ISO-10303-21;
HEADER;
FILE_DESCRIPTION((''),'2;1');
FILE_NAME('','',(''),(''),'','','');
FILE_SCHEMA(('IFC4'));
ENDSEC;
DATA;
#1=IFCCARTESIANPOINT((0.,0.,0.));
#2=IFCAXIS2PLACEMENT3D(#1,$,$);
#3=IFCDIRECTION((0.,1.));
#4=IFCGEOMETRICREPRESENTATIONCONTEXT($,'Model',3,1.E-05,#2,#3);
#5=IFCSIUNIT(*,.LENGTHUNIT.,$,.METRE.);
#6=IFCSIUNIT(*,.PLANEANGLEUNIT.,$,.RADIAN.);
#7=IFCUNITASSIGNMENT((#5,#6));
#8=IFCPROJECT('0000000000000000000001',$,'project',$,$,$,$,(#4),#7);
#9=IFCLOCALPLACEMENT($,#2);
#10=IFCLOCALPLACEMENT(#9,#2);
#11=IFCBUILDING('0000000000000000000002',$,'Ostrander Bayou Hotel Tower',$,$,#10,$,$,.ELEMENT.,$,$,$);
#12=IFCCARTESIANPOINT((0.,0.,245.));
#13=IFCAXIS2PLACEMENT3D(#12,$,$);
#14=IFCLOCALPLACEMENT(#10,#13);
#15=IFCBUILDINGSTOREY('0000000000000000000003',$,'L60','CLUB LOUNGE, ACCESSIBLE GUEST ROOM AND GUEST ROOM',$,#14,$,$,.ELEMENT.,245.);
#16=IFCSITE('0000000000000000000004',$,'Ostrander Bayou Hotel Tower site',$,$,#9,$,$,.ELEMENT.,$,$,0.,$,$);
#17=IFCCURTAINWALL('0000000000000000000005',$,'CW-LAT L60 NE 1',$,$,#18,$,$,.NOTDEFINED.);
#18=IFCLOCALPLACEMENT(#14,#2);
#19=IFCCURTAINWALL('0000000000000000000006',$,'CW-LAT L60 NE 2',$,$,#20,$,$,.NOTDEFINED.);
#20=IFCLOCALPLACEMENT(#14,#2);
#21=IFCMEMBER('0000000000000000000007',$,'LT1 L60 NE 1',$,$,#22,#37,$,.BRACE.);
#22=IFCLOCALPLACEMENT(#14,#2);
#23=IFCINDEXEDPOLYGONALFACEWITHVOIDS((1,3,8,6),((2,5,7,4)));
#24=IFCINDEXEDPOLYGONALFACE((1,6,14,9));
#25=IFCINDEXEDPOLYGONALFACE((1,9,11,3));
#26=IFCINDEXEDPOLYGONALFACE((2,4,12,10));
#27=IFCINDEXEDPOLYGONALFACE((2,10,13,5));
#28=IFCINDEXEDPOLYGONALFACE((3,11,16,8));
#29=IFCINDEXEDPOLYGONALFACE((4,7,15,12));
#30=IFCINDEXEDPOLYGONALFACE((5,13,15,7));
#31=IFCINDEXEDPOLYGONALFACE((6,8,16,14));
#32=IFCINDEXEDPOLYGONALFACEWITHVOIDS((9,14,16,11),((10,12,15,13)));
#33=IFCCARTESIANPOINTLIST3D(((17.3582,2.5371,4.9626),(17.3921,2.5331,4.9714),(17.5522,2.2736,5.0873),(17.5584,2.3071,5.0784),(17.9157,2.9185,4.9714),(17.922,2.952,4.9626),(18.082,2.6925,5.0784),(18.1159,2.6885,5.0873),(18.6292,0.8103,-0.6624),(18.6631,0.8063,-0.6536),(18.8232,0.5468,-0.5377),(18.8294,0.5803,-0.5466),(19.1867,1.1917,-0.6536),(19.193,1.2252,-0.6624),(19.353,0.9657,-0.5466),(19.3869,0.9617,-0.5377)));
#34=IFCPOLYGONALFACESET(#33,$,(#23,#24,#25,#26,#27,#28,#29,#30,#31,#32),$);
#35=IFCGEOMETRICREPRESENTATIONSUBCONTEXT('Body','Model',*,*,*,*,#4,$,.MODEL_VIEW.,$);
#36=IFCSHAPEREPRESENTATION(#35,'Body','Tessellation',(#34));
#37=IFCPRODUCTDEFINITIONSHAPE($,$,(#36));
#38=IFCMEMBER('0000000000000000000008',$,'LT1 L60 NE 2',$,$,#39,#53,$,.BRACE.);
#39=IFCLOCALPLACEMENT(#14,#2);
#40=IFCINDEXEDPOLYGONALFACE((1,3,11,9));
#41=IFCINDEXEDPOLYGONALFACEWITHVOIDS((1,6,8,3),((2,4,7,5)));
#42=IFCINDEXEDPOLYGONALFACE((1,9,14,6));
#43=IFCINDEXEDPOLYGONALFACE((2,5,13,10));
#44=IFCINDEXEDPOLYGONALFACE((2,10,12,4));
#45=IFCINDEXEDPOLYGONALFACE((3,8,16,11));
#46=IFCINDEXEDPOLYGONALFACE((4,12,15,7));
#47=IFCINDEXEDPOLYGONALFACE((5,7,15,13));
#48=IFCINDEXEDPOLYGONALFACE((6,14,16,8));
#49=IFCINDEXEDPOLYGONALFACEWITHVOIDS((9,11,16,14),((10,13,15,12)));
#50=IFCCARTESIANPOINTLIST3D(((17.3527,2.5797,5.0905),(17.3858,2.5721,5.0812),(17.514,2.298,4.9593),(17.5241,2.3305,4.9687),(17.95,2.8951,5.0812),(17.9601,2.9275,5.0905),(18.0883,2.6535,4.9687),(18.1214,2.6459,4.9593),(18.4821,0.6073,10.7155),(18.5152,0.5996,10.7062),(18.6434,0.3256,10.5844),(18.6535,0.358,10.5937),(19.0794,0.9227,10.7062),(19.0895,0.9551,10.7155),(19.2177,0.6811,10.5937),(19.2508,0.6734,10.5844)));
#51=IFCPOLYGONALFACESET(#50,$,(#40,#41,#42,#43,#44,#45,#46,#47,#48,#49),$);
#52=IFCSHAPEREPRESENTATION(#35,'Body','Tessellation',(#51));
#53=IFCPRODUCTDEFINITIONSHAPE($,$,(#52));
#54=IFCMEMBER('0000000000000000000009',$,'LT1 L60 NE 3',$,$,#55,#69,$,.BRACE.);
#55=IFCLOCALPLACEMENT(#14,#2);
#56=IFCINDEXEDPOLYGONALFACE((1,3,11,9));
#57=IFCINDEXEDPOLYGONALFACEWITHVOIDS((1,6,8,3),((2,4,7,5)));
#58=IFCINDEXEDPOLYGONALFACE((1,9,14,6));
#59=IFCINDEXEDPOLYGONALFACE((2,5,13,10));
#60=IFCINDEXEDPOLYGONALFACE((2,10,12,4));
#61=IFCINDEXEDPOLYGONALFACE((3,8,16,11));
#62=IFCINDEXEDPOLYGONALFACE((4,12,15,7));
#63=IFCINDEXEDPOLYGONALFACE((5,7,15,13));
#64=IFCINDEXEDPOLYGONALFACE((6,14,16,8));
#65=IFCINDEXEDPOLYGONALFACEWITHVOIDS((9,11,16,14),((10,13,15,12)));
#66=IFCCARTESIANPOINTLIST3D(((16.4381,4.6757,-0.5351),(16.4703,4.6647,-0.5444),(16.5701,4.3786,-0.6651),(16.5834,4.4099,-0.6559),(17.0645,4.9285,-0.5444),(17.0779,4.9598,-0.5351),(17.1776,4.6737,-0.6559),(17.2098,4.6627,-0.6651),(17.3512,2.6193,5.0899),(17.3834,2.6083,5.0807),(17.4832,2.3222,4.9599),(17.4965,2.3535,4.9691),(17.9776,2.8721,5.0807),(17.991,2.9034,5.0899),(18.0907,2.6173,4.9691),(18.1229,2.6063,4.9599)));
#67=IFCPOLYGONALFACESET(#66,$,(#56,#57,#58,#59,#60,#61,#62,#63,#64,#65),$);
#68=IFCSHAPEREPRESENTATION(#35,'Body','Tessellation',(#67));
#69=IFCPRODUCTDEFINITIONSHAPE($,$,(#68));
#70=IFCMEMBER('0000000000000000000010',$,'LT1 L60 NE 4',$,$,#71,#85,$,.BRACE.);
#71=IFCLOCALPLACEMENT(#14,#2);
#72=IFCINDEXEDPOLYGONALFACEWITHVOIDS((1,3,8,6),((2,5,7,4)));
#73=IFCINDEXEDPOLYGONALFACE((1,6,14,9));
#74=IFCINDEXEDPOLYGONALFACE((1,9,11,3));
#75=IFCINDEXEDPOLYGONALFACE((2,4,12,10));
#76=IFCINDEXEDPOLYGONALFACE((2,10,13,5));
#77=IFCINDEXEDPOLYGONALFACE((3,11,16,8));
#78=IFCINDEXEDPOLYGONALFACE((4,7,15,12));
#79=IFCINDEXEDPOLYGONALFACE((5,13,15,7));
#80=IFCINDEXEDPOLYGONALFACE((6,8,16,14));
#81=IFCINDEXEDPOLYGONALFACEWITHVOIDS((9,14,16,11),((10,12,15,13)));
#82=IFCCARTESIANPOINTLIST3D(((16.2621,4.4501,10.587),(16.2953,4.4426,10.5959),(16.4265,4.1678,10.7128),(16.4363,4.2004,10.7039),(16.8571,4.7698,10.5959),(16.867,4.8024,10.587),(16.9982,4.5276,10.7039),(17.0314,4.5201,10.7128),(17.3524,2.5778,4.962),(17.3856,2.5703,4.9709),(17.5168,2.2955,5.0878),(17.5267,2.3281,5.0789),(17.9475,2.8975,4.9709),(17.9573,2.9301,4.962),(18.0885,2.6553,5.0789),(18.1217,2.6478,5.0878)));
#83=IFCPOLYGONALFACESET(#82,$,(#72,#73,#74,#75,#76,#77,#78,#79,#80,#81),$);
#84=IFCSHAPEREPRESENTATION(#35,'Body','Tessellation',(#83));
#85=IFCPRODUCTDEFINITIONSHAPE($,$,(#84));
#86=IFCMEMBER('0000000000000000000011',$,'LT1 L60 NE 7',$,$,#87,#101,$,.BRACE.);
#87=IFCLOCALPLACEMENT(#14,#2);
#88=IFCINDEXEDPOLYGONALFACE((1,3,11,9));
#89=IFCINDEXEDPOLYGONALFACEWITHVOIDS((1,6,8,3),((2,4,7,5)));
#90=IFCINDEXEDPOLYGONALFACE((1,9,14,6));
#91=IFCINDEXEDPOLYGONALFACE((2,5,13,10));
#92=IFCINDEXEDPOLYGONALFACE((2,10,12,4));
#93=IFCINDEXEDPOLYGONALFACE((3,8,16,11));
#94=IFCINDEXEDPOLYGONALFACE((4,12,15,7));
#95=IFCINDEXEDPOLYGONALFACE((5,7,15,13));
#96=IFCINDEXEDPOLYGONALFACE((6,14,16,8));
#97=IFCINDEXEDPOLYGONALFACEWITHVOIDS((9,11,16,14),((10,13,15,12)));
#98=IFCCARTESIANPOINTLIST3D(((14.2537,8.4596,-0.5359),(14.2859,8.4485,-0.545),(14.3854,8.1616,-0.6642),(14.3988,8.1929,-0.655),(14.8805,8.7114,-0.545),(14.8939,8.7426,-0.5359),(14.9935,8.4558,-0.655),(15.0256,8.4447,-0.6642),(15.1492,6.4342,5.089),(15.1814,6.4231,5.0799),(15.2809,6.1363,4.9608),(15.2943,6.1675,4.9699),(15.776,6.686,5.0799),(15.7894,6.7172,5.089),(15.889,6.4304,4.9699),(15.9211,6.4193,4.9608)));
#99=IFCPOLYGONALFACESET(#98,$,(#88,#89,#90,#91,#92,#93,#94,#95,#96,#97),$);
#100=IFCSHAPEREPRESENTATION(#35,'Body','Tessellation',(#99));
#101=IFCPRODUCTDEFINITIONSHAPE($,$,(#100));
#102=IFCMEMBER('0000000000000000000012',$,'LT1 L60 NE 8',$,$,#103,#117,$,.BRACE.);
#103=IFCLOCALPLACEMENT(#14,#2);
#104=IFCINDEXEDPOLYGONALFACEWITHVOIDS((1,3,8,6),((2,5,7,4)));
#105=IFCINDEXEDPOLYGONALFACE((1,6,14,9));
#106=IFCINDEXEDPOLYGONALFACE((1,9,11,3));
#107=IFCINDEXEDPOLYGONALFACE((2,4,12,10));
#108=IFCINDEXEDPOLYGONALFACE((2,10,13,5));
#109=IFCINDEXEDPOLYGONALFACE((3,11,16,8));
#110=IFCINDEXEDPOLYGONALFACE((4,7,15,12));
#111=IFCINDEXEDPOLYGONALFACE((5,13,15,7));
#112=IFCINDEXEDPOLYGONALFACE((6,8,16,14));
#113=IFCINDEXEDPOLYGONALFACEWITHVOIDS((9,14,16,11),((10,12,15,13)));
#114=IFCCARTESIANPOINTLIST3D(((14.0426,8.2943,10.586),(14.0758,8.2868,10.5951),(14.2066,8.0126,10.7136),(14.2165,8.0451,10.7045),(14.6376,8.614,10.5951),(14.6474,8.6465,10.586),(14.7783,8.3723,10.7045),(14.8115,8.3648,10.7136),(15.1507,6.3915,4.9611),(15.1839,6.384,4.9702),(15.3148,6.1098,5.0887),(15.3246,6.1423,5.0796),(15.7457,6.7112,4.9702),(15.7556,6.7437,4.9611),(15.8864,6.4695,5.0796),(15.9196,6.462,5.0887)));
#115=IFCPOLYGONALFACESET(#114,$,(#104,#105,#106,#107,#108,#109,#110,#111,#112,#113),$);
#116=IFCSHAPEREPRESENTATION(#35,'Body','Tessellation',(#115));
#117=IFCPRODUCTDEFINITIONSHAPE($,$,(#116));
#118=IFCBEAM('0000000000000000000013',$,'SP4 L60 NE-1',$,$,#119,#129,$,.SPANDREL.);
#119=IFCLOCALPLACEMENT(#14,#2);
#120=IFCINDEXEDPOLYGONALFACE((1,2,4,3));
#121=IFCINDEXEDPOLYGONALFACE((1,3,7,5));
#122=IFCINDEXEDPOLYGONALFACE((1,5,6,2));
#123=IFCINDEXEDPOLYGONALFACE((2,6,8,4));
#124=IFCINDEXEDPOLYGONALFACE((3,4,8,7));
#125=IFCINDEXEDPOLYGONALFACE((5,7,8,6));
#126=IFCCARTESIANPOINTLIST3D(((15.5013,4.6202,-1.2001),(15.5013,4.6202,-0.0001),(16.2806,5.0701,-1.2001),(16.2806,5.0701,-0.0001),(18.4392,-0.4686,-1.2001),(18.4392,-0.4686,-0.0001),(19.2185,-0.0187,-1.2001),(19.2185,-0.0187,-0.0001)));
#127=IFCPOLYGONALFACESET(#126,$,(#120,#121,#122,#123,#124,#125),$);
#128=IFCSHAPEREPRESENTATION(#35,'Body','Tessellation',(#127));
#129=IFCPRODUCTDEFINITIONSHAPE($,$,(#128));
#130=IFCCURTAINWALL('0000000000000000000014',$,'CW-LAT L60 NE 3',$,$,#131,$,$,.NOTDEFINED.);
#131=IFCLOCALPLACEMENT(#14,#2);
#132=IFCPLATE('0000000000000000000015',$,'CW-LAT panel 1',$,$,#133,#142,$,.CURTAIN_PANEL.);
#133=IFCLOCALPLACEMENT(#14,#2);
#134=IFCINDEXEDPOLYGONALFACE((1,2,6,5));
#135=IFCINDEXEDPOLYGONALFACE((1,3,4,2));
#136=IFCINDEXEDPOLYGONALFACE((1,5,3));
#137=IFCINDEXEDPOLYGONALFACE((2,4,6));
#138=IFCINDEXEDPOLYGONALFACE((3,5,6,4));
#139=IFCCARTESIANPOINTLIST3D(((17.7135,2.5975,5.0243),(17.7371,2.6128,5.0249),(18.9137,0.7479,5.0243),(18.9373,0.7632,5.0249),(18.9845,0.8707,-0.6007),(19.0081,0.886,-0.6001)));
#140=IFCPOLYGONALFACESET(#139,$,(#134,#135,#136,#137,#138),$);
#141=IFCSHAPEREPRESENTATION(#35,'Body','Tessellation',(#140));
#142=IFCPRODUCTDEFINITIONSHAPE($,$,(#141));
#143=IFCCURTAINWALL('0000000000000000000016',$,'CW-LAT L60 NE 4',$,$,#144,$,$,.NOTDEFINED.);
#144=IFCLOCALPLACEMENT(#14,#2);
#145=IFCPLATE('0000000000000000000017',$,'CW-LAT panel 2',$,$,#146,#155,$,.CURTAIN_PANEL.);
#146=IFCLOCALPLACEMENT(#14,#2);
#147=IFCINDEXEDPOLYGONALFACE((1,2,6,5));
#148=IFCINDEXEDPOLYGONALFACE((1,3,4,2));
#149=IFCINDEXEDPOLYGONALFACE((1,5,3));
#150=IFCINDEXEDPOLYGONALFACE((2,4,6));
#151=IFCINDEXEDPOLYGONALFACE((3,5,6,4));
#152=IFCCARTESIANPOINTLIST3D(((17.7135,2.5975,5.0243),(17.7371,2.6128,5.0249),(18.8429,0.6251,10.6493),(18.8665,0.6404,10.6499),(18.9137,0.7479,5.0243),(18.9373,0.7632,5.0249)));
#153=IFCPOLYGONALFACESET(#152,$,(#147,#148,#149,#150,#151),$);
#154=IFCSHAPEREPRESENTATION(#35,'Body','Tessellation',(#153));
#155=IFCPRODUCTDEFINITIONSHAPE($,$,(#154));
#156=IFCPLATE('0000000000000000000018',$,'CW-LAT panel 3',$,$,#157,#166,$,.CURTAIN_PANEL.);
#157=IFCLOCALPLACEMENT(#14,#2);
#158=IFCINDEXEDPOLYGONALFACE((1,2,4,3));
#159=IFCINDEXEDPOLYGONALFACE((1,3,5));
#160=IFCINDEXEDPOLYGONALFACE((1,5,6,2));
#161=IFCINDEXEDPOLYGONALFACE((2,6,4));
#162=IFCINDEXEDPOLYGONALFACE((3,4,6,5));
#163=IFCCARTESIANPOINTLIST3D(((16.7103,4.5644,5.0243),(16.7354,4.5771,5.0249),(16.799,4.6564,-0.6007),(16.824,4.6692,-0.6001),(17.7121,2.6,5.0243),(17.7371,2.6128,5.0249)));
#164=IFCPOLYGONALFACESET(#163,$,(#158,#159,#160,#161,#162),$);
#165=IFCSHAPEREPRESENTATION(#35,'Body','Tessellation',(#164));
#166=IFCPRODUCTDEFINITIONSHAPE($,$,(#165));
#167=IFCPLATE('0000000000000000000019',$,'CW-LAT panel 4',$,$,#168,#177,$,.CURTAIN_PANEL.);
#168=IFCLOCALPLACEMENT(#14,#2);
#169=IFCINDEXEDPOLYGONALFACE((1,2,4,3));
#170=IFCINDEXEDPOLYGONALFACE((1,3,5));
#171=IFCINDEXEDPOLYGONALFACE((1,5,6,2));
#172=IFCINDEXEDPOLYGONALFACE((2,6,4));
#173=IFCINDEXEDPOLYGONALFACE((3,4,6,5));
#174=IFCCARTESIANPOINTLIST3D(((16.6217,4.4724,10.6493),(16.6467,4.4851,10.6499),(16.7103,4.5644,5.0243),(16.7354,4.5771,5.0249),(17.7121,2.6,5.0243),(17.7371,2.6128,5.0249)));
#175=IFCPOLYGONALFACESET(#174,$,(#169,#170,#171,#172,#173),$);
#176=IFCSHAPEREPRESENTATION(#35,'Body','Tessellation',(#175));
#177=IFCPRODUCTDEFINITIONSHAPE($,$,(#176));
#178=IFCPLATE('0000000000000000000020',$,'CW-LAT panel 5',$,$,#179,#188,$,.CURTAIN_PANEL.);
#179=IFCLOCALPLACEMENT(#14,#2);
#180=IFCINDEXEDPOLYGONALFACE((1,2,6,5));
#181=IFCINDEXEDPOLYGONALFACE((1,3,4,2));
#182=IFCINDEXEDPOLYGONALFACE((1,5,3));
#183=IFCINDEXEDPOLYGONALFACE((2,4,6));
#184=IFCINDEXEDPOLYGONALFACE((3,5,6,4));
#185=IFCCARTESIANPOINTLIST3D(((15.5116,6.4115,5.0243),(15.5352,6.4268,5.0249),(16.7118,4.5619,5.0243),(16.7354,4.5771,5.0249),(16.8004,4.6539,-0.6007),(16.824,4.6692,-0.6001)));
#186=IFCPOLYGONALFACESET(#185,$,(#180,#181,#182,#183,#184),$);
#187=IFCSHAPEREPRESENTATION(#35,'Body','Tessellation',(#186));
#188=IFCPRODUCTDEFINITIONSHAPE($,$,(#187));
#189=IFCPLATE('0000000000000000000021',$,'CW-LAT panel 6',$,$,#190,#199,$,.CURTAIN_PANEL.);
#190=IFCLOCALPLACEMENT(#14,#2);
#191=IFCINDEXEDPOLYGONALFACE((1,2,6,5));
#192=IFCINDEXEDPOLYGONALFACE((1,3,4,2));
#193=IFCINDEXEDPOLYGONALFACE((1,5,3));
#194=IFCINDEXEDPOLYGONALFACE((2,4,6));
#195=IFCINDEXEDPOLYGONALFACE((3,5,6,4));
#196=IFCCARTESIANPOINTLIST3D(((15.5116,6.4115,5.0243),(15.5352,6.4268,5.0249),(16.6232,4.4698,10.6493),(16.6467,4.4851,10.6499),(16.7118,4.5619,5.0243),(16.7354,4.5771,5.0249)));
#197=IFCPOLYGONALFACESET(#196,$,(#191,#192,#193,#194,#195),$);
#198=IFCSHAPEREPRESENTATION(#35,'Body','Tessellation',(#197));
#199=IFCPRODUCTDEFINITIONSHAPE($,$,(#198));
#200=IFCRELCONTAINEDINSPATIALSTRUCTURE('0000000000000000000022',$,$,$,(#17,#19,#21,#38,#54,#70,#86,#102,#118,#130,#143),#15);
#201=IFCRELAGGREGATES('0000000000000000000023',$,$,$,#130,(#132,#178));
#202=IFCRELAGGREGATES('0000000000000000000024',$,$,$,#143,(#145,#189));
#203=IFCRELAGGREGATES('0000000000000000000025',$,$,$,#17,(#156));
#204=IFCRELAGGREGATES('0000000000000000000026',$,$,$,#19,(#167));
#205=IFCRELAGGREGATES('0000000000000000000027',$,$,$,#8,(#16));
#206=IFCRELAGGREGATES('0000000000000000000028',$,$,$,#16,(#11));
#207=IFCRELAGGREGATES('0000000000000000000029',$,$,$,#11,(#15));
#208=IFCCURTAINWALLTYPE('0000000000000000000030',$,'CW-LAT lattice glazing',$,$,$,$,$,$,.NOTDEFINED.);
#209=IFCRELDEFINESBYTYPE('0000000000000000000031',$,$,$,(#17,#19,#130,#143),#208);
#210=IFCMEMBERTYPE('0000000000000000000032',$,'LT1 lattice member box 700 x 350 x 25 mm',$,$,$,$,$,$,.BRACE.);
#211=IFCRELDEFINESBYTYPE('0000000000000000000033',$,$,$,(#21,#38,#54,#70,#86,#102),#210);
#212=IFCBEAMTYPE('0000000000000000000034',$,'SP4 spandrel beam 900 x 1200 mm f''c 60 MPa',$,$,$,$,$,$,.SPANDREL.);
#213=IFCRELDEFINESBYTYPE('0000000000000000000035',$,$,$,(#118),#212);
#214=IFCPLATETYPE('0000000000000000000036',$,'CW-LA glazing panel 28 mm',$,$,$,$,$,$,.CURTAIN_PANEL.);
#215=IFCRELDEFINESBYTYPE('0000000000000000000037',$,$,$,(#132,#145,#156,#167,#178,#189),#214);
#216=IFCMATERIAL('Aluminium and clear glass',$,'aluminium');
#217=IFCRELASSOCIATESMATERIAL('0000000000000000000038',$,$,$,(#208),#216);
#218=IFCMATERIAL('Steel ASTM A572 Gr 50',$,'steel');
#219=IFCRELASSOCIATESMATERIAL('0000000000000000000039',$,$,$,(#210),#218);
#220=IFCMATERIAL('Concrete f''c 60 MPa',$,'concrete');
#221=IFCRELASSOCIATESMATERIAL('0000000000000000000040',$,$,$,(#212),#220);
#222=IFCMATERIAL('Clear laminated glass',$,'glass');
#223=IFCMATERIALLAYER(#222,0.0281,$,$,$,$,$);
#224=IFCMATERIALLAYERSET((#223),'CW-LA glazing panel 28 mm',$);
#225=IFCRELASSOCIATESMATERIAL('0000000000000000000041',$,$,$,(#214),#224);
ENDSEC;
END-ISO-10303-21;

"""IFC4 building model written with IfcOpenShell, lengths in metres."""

from ifc_helpers import new_model, si_unit, direction, frame, origin, origin_2d, place, context, subcontext, project, spatial, polyline, rectangle, hollow_rectangle, outline, extrude, material, layer, layer_set, material_profile, profile_set, type_object, element, aggregate, save


model = new_model("IFC4")

# Units and contexts
model_context = context("Model", 3, precision=1e-05, world=origin(), true_north=direction((0.0, 1.0)))
body_context = subcontext(model_context, "Body", "Model", "MODEL_VIEW")
ifc_project = project(units=[si_unit("LENGTHUNIT", "METRE"), si_unit("PLANEANGLEUNIT", "RADIAN")], contexts=[model_context])

# Site, building, storey
site_placement = place(None, origin())
site = spatial("IfcSite", under=ifc_project, at=site_placement, Name="Ostrander Bayou Hotel Tower site", CompositionType="ELEMENT", RefElevation=0.0)
building_placement = place(site_placement, origin())
building = spatial("IfcBuilding", under=site, at=building_placement, Name="Ostrander Bayou Hotel Tower", CompositionType="ELEMENT")
storey_placement = place(building_placement, frame((0.0, 0.0, 245.0)))
storey = spatial("IfcBuildingStorey", under=building, at=storey_placement, Name="L60", Description="CLUB LOUNGE, ACCESSIBLE GUEST ROOM AND GUEST ROOM", CompositionType="ELEMENT", Elevation=245.0)

# Curtain walls
ifc_material_1 = material(Name="Aluminium and clear glass", Category="aluminium")
curtain_wall_type = type_object("IfcCurtainWallType", Name="CW-LAT lattice glazing", PredefinedType="NOTDEFINED", material=ifc_material_1)
curtain_wall_1_placement = place(storey_placement, origin())
curtain_wall_1 = element("IfcCurtainWall", 1, at=curtain_wall_1_placement, inside=storey, type_object=curtain_wall_type, Name="CW-LAT L60 NE 1", PredefinedType="NOTDEFINED")
curtain_wall_2_placement = place(storey_placement, origin())
curtain_wall_2 = element("IfcCurtainWall", 2, at=curtain_wall_2_placement, inside=storey, type_object=curtain_wall_type, Name="CW-LAT L60 NE 2", PredefinedType="NOTDEFINED")

# Members
ifc_material_2 = material(Name="Steel ASTM A572 Gr 50", Category="steel")
ifc_material_profile_1 = material_profile(ifc_material_2, hollow_rectangle(XDim=0.7, YDim=0.3501, WallThickness=0.0249, at=origin_2d()))
ifc_profile_set_1 = profile_set([ifc_material_profile_1], Name="Steel ASTM A572 Gr 50")
member_type_1 = type_object("IfcMemberType", Name="LT1 lattice member box 700 x 350 x 25 mm", PredefinedType="BRACE", material=ifc_profile_set_1)
member_1_placement = place(storey_placement, frame((17.7371, 2.6128, 5.0249), z_axis=(0.211136, -0.286855, -0.934417), x_axis=(0.805365, 0.592779, 0.0)))
element("IfcMember", 3, at=member_1_placement, inside=storey, type_object=member_type_1, Name="LT1 L60 NE 1", PredefinedType="BRACE", context=body_context, shape_type="SweptSolid", body=[
    extrude(hollow_rectangle(XDim=0.7, YDim=0.3501, WallThickness=0.0249, at=origin_2d()), origin(), (0.0, 0.0, 1.0), 6.0198),
])
member_2_placement = place(storey_placement, frame((17.7371, 2.6128, 5.0249), z_axis=(0.186159, -0.325114, 0.927171), x_axis=(0.867807, 0.496902, 0.0)))
element("IfcMember", 4, at=member_2_placement, inside=storey, type_object=member_type_1, Name="LT1 L60 NE 2", PredefinedType="BRACE", context=body_context, shape_type="SweptSolid", body=[
    extrude(hollow_rectangle(XDim=0.7, YDim=0.3501, WallThickness=0.0249, at=origin_2d()), origin(), (0.0, 0.0, 1.0), 6.0669),
])
member_3_placement = place(storey_placement, frame((17.7371, 2.6128, 5.0249), z_axis=(-0.150716, 0.339434, -0.928477), x_axis=(-0.913955, -0.405816, 0.0)))
element("IfcMember", 5, at=member_3_placement, inside=storey, type_object=member_type_1, Name="LT1 L60 NE 3", PredefinedType="BRACE", context=body_context, shape_type="SweptSolid", body=[
    extrude(hollow_rectangle(XDim=0.7, YDim=0.3501, WallThickness=0.0249, at=origin_2d()), origin(), (0.0, 0.0, 1.0), 6.0583),
])
member_4_placement = place(storey_placement, frame((17.7371, 2.6128, 5.0249), z_axis=(-0.180882, 0.310611, 0.933168), x_axis=(-0.864151, -0.503233, 0.0)))
element("IfcMember", 6, at=member_4_placement, inside=storey, type_object=member_type_1, Name="LT1 L60 NE 4", PredefinedType="BRACE", context=body_context, shape_type="SweptSolid", body=[
    extrude(hollow_rectangle(XDim=0.7, YDim=0.3501, WallThickness=0.0249, at=origin_2d()), origin(), (0.0, 0.0, 1.0), 6.0278),
])
member_5_placement = place(storey_placement, frame((15.5352, 6.4268, 5.0249), z_axis=(-0.148135, 0.33504, -0.930486), x_axis=(-0.914592, -0.404378, 0.0)))
element("IfcMember", 7, at=member_5_placement, inside=storey, type_object=member_type_1, Name="LT1 L60 NE 7", PredefinedType="BRACE", context=body_context, shape_type="SweptSolid", body=[
    extrude(hollow_rectangle(XDim=0.7, YDim=0.3501, WallThickness=0.0249, at=origin_2d()), origin(), (0.0, 0.0, 1.0), 6.0452),
])
member_6_placement = place(storey_placement, frame((15.5352, 6.4268, 5.0249), z_axis=(-0.18345, 0.315005, 0.931192), x_axis=(-0.864141, -0.50325, 0.0)))
element("IfcMember", 8, at=member_6_placement, inside=storey, type_object=member_type_1, Name="LT1 L60 NE 8", PredefinedType="BRACE", context=body_context, shape_type="SweptSolid", body=[
    extrude(hollow_rectangle(XDim=0.7, YDim=0.3501, WallThickness=0.0249, at=origin_2d()), origin(), (0.0, 0.0, 1.0), 6.0405),
])

# Beam
ifc_material_3 = material(Name="Concrete f'c 60 MPa", Category="concrete")
ifc_material_profile_2 = material_profile(ifc_material_3, rectangle(XDim=0.8999, YDim=1.2, at=origin_2d()))
ifc_profile_set_2 = profile_set([ifc_material_profile_2], Name="Concrete f'c 60 MPa")
beam_type = type_object("IfcBeamType", Name="SP4 spandrel beam 900 x 1200 mm f'c 60 MPa", PredefinedType="SPANDREL", material=ifc_profile_set_2)
beam_placement = place(storey_placement, frame((18.8289, -0.2437, -0.6001), z_axis=(-0.499991, 0.866031, 0.0), x_axis=(-0.866031, -0.499991, 0.0)))
element("IfcBeam", 9, at=beam_placement, inside=storey, type_object=beam_type, Name="SP4 L60 NE-1", PredefinedType="SPANDREL", context=body_context, shape_type="SweptSolid", body=[
    extrude(rectangle(XDim=0.8999, YDim=1.2, at=origin_2d()), origin(), (0.0, 0.0, 1.0), 5.876),
])

# Curtain walls, plates
curtain_wall_3_placement = place(storey_placement, origin())
curtain_wall_3 = element("IfcCurtainWall", 10, at=curtain_wall_3_placement, inside=storey, type_object=curtain_wall_type, Name="CW-LAT L60 NE 3", PredefinedType="NOTDEFINED")
ifc_material_4 = material(Name="Clear laminated glass", Category="glass")
ifc_layer_1 = layer(ifc_material_4, 0.0281)
ifc_layer_set_1 = layer_set([ifc_layer_1], Name="CW-LA glazing panel 28 mm")
plate_type = type_object("IfcPlateType", Name="CW-LA glazing panel 28 mm", PredefinedType="CURTAIN_PANEL", material=ifc_layer_set_1)
plate_1_placement = place(storey_placement, frame((17.7371, 2.6128, 5.0249), z_axis=(0.838657, 0.544197, 0.022437), x_axis=(0.211136, -0.286855, -0.934417)))
plate_1 = element("IfcPlate", 11, at=plate_1_placement, type_object=plate_type, Name="CW-LAT panel 1", PredefinedType="CURTAIN_PANEL", context=body_context, shape_type="SweptSolid", body=[
    extrude(outline(polyline([(0.0, 0.0), (6.0198, 0.0), (0.784, -2.0608), (0.0, 0.0)])), origin(), (0.0, 0.0, -1.0), 0.0281),
])
curtain_wall_4_placement = place(storey_placement, origin())
curtain_wall_4 = element("IfcCurtainWall", 12, at=curtain_wall_4_placement, inside=storey, type_object=curtain_wall_type, Name="CW-LAT L60 NE 4", PredefinedType="NOTDEFINED")
plate_2_placement = place(storey_placement, frame((17.7371, 2.6128, 5.0249), z_axis=(0.838657, 0.544197, 0.022437), x_axis=(0.186159, -0.325114, 0.927171)))
plate_2 = element("IfcPlate", 13, at=plate_2_placement, type_object=plate_type, Name="CW-LAT panel 2", PredefinedType="CURTAIN_PANEL", context=body_context, shape_type="SweptSolid", body=[
    extrude(outline(polyline([(0.0, 0.0), (6.0668, 0.0), (0.8248, 2.0448), (0.0, 0.0)])), origin(), (0.0, 0.0, -1.0), 0.0281),
])

# Plates
plate_3_placement = place(storey_placement, frame((17.7371, 2.6128, 5.0249), z_axis=(0.890651, 0.454181, 0.021464), x_axis=(-0.150716, 0.339434, -0.928477)))
plate_3 = element("IfcPlate", 14, at=plate_3_placement, type_object=plate_type, Name="CW-LAT panel 3", PredefinedType="CURTAIN_PANEL", context=body_context, shape_type="SweptSolid", body=[
    extrude(outline(polyline([(0.0, 0.0), (6.0583, 0.0), (0.8177, 2.0478), (0.0, 0.0)])), origin(), (0.0, 0.0, -1.0), 0.0281),
])
plate_4_placement = place(storey_placement, frame((17.7371, 2.6128, 5.0249), z_axis=(0.890651, 0.454181, 0.021464), x_axis=(-0.180882, 0.310611, 0.933168)))
plate_4 = element("IfcPlate", 15, at=plate_4_placement, type_object=plate_type, Name="CW-LAT panel 4", PredefinedType="CURTAIN_PANEL", context=body_context, shape_type="SweptSolid", body=[
    extrude(outline(polyline([(0.0, 0.0), (6.0279, 0.0), (0.7913, -2.0581), (0.0, 0.0)])), origin(), (0.0, 0.0, -1.0), 0.0281),
])
plate_5_placement = place(storey_placement, frame((15.5352, 6.4268, 5.0249), z_axis=(0.838663, 0.544201, 0.022118), x_axis=(0.213647, -0.291351, -0.932453)))
plate_5 = element("IfcPlate", 16, at=plate_5_placement, type_object=plate_type, Name="CW-LAT panel 5", PredefinedType="CURTAIN_PANEL", context=body_context, shape_type="SweptSolid", body=[
    extrude(outline(polyline([(0.0, 0.0), (6.0325, 0.0), (0.7953, -2.0565), (0.0, 0.0)])), origin(), (0.0, 0.0, -1.0), 0.0281),
])
aggregate(curtain_wall_3, [plate_1, plate_5])
plate_6_placement = place(storey_placement, frame((15.5352, 6.4268, 5.0249), z_axis=(0.838663, 0.544201, 0.022118), x_axis=(0.183621, -0.320742, 0.929197)))
plate_6 = element("IfcPlate", 17, at=plate_6_placement, type_object=plate_type, Name="CW-LAT panel 6", PredefinedType="CURTAIN_PANEL", context=body_context, shape_type="SweptSolid", body=[
    extrude(outline(polyline([(0.0, 0.0), (6.0536, 0.0), (0.8136, 2.0493), (0.0, 0.0)])), origin(), (0.0, 0.0, -1.0), 0.0281),
])
aggregate(curtain_wall_4, [plate_2, plate_6])
aggregate(curtain_wall_1, [plate_3])
aggregate(curtain_wall_2, [plate_4])

save(model, "model.ifc")
